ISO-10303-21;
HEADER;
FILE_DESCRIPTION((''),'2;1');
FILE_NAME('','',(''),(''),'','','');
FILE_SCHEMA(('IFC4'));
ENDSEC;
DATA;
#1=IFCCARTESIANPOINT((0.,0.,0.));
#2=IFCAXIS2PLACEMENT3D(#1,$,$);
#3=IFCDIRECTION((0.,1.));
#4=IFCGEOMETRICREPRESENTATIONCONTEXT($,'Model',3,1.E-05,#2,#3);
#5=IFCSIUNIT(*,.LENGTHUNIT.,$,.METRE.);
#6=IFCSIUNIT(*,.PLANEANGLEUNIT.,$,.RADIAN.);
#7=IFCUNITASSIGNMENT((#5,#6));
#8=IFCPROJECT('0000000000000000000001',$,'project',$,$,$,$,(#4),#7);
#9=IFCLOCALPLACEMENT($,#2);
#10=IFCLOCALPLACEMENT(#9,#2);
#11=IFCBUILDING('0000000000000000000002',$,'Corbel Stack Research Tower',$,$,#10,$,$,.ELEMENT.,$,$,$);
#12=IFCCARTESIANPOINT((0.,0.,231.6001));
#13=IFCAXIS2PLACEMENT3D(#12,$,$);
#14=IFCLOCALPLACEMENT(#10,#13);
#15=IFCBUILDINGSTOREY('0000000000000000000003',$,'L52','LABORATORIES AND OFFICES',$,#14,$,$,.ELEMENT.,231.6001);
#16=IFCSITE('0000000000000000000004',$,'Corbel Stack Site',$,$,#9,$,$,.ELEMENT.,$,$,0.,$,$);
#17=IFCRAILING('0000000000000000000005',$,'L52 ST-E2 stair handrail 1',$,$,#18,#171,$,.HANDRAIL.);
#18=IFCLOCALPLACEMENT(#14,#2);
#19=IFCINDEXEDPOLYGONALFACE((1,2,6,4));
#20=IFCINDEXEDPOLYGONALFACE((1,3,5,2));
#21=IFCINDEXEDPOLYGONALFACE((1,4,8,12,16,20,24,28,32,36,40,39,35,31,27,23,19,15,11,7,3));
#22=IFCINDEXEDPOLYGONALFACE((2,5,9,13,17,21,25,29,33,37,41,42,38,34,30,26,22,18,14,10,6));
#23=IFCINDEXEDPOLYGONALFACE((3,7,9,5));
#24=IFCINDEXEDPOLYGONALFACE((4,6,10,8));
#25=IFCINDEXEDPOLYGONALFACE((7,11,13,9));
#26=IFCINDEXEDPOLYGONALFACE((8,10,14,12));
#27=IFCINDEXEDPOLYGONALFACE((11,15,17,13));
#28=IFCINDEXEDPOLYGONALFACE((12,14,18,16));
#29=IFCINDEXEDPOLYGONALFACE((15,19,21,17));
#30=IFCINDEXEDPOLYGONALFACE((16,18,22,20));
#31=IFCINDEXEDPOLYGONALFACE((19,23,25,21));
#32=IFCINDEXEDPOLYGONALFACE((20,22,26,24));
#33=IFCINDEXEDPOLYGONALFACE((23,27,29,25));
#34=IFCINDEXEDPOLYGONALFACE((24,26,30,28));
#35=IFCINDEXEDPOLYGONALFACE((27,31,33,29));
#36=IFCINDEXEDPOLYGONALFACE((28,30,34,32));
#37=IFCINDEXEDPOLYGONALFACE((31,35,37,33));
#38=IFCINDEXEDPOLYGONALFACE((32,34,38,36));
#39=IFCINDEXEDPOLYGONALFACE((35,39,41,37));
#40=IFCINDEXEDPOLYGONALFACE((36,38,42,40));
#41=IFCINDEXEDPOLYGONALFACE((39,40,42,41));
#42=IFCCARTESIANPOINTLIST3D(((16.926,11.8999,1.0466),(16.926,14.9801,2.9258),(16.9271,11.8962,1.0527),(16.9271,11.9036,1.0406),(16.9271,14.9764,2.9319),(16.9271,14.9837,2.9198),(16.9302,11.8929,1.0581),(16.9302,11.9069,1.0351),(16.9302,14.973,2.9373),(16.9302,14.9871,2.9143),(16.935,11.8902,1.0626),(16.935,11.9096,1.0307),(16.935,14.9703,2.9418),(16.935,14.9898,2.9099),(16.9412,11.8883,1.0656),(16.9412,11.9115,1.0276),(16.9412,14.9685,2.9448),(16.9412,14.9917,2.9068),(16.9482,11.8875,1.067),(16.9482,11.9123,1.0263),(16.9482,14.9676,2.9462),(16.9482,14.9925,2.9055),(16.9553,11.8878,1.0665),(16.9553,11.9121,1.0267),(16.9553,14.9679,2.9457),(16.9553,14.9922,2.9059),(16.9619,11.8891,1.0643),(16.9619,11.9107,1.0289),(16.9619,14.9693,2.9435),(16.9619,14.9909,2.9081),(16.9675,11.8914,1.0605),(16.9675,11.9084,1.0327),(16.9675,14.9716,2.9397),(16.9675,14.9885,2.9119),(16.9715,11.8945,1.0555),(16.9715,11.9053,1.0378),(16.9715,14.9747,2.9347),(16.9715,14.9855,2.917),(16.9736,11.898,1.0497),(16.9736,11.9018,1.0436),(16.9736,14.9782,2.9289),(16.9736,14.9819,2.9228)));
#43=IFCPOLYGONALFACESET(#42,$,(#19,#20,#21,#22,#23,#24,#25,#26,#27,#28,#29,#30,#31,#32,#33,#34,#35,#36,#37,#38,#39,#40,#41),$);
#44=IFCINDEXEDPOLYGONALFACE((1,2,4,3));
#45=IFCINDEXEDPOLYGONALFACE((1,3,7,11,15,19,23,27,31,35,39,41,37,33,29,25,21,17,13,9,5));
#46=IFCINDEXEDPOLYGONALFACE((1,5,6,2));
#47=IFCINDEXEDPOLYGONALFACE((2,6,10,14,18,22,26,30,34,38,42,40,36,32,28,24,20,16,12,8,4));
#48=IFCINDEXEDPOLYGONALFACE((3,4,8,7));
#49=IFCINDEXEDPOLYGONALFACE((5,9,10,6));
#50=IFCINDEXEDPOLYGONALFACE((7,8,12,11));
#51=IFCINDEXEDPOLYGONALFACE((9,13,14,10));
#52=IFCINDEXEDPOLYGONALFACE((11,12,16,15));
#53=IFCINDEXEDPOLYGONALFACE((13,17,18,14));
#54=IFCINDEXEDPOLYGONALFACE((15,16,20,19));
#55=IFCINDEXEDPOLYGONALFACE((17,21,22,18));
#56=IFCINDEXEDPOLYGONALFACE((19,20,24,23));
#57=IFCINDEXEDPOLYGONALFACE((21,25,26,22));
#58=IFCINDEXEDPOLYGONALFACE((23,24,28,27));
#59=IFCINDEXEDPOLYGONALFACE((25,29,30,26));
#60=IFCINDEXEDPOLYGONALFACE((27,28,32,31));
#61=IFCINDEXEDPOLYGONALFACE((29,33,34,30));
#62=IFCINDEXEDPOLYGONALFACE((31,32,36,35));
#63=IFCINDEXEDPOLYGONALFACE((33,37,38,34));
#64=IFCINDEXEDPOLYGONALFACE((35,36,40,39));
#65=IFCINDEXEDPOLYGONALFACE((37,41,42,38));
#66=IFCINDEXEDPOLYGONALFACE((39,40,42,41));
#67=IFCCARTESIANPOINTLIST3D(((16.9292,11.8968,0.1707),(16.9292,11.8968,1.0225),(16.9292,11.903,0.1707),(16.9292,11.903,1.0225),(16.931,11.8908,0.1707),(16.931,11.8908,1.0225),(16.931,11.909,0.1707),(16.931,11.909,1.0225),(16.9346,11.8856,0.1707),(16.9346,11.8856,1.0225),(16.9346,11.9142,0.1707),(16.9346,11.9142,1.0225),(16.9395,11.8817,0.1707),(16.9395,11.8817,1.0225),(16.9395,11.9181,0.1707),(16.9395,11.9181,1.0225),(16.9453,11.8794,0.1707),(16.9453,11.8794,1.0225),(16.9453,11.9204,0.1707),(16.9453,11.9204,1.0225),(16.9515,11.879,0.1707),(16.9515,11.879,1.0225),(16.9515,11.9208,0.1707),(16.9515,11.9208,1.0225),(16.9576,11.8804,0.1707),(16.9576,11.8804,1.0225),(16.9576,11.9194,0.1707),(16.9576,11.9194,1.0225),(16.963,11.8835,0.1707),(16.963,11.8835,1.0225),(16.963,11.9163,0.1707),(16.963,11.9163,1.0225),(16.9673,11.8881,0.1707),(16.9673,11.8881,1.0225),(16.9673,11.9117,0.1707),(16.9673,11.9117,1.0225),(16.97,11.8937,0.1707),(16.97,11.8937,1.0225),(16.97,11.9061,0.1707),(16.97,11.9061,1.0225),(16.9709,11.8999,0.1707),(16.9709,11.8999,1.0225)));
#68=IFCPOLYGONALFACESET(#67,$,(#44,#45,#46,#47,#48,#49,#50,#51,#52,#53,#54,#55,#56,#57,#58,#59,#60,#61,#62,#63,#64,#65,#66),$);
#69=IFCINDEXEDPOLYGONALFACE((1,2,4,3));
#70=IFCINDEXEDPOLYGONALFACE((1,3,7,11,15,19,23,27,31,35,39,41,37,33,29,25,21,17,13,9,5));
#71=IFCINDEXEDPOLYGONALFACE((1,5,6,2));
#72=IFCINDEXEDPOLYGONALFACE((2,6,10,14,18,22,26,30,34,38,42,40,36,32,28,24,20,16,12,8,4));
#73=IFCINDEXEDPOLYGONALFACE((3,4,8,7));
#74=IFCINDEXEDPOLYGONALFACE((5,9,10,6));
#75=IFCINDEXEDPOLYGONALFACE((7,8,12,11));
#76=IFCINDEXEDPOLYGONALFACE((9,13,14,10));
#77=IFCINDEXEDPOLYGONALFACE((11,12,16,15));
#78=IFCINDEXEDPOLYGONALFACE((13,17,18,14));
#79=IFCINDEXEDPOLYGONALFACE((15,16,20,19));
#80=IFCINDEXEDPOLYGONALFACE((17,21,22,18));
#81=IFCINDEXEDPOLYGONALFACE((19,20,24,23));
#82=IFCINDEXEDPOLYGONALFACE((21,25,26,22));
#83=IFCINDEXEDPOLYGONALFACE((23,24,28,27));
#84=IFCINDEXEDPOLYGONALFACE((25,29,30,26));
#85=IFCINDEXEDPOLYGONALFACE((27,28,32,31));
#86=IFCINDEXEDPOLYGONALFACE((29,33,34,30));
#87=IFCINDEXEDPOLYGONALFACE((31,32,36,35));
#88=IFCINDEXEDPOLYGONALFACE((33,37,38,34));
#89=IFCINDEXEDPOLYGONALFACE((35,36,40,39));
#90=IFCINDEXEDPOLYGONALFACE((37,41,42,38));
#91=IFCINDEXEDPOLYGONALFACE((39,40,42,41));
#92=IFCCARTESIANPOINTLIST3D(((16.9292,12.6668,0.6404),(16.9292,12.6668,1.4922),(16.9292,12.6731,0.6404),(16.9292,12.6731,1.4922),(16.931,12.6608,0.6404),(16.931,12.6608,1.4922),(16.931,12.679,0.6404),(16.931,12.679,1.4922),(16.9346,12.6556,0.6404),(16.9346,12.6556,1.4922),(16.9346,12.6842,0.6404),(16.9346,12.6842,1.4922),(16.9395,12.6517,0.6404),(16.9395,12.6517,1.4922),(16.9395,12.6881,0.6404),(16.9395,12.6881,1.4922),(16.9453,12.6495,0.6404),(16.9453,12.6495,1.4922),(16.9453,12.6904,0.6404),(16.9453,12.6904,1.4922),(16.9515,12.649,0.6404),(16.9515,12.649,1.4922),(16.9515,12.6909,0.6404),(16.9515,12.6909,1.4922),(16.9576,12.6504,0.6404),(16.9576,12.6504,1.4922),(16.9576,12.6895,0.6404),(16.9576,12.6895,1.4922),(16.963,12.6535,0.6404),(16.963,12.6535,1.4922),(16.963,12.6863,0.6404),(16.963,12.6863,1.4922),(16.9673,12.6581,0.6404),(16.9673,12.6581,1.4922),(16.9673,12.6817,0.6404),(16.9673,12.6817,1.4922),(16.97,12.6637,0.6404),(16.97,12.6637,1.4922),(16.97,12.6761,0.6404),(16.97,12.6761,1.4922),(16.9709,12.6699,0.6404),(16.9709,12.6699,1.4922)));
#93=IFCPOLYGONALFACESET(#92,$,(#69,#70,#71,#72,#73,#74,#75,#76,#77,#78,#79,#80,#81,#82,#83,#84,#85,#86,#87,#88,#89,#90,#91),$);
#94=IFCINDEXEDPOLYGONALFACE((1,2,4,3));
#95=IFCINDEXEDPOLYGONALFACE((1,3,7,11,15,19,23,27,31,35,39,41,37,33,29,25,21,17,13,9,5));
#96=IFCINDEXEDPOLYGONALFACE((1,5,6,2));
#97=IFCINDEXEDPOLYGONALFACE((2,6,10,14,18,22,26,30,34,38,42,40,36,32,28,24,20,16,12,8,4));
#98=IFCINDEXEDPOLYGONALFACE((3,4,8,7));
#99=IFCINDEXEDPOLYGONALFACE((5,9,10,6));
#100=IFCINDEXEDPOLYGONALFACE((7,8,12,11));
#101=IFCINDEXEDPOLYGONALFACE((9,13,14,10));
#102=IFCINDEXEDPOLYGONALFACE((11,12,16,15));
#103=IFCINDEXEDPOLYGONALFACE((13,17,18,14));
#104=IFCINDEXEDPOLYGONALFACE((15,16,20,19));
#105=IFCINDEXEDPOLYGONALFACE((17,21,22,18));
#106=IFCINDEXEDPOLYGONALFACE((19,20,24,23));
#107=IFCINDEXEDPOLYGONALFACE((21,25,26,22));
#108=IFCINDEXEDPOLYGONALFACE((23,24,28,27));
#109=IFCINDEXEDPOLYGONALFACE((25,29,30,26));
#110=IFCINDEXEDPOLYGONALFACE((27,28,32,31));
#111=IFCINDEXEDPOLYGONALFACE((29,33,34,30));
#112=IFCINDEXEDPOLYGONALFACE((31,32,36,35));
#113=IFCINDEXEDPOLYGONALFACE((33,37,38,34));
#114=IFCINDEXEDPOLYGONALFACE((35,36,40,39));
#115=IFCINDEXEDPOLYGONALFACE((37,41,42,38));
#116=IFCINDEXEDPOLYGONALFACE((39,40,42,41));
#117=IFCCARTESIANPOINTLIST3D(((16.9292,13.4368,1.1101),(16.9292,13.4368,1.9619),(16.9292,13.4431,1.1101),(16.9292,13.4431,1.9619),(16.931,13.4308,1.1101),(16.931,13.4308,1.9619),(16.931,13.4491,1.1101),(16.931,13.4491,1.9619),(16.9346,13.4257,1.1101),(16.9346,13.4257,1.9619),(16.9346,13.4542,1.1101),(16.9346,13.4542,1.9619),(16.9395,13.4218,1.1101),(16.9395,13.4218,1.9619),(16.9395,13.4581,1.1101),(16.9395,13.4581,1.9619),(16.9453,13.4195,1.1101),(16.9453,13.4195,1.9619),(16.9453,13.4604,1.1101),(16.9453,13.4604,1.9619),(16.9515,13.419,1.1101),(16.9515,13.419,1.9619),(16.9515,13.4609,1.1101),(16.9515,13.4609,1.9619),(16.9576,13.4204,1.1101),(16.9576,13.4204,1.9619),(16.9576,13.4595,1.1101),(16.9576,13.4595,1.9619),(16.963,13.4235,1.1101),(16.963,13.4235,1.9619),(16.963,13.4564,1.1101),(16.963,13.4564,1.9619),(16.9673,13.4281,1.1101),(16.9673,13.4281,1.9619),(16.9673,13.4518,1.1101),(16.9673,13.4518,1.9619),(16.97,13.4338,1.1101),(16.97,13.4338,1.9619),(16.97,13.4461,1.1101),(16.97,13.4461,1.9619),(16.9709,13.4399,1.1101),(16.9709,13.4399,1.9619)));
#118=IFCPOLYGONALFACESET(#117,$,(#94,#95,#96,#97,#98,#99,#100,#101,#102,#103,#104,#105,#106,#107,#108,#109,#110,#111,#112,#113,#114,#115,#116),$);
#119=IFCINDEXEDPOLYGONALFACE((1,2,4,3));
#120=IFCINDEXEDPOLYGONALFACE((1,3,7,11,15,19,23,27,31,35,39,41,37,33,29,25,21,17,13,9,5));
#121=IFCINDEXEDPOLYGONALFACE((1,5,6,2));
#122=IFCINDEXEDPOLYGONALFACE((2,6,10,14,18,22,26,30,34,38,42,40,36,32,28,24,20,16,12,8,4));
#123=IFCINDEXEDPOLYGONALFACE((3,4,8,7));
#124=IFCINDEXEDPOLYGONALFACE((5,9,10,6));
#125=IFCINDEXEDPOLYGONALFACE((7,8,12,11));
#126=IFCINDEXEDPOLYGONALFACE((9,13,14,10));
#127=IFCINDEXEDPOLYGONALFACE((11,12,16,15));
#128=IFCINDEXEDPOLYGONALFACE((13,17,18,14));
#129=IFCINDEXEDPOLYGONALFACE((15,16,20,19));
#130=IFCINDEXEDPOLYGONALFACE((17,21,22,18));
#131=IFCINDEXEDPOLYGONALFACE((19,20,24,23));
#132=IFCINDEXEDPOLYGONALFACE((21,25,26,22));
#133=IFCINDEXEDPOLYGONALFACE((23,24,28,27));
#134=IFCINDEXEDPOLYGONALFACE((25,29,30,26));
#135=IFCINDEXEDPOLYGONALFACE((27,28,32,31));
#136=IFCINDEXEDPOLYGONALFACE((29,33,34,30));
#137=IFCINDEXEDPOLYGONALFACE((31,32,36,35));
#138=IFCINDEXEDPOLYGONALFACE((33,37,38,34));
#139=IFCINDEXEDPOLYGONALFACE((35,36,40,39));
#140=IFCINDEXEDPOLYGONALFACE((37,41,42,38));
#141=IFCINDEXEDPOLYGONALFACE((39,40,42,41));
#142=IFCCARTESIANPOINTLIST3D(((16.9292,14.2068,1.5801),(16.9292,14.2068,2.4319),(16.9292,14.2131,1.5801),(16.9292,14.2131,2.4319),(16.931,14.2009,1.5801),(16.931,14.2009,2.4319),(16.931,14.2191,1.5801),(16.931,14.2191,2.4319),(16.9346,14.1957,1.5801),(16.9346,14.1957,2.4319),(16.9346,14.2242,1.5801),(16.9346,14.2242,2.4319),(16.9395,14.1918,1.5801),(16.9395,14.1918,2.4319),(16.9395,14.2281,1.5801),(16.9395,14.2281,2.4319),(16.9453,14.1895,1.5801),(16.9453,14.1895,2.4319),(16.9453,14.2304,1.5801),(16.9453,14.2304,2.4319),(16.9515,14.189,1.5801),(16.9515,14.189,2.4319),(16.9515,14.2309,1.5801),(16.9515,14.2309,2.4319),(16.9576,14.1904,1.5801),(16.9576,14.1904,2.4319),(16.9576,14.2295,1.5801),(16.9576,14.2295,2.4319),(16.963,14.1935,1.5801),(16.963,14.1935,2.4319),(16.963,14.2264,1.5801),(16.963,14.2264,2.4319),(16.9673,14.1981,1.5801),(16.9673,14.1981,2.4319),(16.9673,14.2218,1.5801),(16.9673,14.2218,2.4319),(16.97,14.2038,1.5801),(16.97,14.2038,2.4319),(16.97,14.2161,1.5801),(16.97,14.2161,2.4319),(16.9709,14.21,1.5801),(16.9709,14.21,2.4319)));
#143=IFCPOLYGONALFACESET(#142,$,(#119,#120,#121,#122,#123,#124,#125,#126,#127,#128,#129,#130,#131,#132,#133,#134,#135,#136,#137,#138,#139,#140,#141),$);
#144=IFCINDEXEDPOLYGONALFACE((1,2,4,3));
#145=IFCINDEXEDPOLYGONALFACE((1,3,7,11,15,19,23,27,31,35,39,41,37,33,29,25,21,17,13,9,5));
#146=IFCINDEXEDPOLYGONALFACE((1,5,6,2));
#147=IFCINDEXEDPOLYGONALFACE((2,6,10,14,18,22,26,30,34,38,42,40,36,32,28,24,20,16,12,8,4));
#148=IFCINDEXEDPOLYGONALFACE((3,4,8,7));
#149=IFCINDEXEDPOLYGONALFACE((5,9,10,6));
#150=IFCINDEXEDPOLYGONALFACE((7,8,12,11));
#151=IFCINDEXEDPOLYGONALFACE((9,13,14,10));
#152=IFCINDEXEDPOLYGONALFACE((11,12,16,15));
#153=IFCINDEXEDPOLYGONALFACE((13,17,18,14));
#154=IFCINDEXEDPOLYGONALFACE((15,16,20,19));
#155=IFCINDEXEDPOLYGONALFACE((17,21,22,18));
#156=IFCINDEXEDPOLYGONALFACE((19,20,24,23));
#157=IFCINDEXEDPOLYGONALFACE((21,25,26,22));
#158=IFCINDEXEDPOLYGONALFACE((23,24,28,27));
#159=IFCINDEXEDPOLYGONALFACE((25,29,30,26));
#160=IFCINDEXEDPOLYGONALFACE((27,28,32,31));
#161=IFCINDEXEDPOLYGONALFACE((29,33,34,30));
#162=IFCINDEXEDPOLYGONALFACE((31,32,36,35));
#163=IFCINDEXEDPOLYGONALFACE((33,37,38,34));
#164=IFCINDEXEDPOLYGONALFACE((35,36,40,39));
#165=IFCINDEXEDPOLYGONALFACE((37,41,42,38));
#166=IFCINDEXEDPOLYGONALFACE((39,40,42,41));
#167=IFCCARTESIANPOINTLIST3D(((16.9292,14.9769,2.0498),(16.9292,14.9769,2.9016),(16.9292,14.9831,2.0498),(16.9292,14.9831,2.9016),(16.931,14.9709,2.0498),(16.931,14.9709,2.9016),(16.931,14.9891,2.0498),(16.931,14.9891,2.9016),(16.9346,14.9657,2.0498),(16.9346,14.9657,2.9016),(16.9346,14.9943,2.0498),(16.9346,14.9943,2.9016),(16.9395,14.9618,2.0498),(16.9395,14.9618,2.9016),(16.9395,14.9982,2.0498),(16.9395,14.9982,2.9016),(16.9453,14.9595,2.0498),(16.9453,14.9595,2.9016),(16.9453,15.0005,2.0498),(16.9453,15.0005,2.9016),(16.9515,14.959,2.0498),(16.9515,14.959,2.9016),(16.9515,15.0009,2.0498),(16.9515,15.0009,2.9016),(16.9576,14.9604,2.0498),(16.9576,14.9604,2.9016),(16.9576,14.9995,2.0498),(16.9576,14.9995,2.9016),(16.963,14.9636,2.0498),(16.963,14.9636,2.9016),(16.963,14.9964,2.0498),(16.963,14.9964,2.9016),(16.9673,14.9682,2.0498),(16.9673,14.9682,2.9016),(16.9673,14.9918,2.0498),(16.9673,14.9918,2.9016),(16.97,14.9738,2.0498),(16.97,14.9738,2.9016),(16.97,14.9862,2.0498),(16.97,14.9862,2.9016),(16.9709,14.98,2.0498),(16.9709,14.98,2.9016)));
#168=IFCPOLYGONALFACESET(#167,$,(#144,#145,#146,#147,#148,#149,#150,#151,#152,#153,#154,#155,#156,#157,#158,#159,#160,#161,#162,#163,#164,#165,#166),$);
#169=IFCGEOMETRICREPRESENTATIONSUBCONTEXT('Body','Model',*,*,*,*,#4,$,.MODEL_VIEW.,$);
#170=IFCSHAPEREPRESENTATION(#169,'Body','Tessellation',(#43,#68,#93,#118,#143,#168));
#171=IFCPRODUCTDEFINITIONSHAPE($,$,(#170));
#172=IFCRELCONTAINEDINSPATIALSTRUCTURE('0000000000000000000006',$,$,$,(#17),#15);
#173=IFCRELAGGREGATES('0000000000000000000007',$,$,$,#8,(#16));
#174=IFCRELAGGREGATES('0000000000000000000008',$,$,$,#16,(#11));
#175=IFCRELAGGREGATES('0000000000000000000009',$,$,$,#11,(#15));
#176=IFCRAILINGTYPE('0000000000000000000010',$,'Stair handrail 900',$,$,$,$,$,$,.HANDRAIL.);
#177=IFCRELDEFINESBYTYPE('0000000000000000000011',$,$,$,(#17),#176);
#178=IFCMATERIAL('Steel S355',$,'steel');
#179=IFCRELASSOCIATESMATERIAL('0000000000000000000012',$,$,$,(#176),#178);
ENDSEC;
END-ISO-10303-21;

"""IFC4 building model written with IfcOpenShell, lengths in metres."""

from ifc_helpers import new_model, si_unit, direction, frame, origin, origin_2d, place, context, subcontext, project, spatial, circle, extrude, material, type_object, element, save


model = new_model("IFC4")

# Units and contexts
model_context = context("Model", 3, precision=1e-05, world=origin(), true_north=direction((0.0, 1.0)))
body_context = subcontext(model_context, "Body", "Model", "MODEL_VIEW")
ifc_project = project(units=[si_unit("LENGTHUNIT", "METRE"), si_unit("PLANEANGLEUNIT", "RADIAN")], contexts=[model_context])

# Site, building, storey
site_placement = place(None, origin())
site = spatial("IfcSite", under=ifc_project, at=site_placement, Name="Corbel Stack Site", CompositionType="ELEMENT", RefElevation=0.0)
building_placement = place(site_placement, origin())
building = spatial("IfcBuilding", under=site, at=building_placement, Name="Corbel Stack Research Tower", CompositionType="ELEMENT")
storey_placement = place(building_placement, frame((0.0, 0.0, 231.6001)))
storey = spatial("IfcBuildingStorey", under=building, at=storey_placement, Name="L52", Description="LABORATORIES AND OFFICES", CompositionType="ELEMENT", Elevation=231.6001)

# Railing
ifc_material_1 = material(Name="Steel S355", Category="steel")
railing_type_1 = type_object("IfcRailingType", Name="Stair handrail 900", PredefinedType="HANDRAIL", material=ifc_material_1)
railing_1_placement = place(storey_placement, frame((16.95, 11.8999, 0.1707)))
element("IfcRailing", 1, at=railing_1_placement, inside=storey, type_object=railing_type_1, Name="L52 ST-E2 stair handrail 1", PredefinedType="HANDRAIL", context=body_context, shape_type="SweptSolid", body=[
    extrude(circle(Radius=0.0239, at=origin_2d()), frame((0.0, 0.0, 0.876), z_axis=(0.0, 0.853666, 0.52082), x_axis=(-1.0, 0.0, 0.0)), (0.0, 0.0, 1.0), 3.6082),
    extrude(circle(Radius=0.021, at=origin_2d()), origin(), (0.0, 0.0, 1.0), 0.8518),
    extrude(circle(Radius=0.021, at=origin_2d()), frame((0.0, 0.77, 0.4697)), (0.0, 0.0, 1.0), 0.8518),
    extrude(circle(Radius=0.021, at=origin_2d()), frame((0.0, 1.54, 0.9395)), (0.0, 0.0, 1.0), 0.8518),
    extrude(circle(Radius=0.021, at=origin_2d()), frame((0.0, 2.3101, 1.4094)), (0.0, 0.0, 1.0), 0.8518),
    extrude(circle(Radius=0.021, at=origin_2d()), frame((0.0, 3.0801, 1.8792)), (0.0, 0.0, 1.0), 0.8518),
])

save(model, "model.ifc")
